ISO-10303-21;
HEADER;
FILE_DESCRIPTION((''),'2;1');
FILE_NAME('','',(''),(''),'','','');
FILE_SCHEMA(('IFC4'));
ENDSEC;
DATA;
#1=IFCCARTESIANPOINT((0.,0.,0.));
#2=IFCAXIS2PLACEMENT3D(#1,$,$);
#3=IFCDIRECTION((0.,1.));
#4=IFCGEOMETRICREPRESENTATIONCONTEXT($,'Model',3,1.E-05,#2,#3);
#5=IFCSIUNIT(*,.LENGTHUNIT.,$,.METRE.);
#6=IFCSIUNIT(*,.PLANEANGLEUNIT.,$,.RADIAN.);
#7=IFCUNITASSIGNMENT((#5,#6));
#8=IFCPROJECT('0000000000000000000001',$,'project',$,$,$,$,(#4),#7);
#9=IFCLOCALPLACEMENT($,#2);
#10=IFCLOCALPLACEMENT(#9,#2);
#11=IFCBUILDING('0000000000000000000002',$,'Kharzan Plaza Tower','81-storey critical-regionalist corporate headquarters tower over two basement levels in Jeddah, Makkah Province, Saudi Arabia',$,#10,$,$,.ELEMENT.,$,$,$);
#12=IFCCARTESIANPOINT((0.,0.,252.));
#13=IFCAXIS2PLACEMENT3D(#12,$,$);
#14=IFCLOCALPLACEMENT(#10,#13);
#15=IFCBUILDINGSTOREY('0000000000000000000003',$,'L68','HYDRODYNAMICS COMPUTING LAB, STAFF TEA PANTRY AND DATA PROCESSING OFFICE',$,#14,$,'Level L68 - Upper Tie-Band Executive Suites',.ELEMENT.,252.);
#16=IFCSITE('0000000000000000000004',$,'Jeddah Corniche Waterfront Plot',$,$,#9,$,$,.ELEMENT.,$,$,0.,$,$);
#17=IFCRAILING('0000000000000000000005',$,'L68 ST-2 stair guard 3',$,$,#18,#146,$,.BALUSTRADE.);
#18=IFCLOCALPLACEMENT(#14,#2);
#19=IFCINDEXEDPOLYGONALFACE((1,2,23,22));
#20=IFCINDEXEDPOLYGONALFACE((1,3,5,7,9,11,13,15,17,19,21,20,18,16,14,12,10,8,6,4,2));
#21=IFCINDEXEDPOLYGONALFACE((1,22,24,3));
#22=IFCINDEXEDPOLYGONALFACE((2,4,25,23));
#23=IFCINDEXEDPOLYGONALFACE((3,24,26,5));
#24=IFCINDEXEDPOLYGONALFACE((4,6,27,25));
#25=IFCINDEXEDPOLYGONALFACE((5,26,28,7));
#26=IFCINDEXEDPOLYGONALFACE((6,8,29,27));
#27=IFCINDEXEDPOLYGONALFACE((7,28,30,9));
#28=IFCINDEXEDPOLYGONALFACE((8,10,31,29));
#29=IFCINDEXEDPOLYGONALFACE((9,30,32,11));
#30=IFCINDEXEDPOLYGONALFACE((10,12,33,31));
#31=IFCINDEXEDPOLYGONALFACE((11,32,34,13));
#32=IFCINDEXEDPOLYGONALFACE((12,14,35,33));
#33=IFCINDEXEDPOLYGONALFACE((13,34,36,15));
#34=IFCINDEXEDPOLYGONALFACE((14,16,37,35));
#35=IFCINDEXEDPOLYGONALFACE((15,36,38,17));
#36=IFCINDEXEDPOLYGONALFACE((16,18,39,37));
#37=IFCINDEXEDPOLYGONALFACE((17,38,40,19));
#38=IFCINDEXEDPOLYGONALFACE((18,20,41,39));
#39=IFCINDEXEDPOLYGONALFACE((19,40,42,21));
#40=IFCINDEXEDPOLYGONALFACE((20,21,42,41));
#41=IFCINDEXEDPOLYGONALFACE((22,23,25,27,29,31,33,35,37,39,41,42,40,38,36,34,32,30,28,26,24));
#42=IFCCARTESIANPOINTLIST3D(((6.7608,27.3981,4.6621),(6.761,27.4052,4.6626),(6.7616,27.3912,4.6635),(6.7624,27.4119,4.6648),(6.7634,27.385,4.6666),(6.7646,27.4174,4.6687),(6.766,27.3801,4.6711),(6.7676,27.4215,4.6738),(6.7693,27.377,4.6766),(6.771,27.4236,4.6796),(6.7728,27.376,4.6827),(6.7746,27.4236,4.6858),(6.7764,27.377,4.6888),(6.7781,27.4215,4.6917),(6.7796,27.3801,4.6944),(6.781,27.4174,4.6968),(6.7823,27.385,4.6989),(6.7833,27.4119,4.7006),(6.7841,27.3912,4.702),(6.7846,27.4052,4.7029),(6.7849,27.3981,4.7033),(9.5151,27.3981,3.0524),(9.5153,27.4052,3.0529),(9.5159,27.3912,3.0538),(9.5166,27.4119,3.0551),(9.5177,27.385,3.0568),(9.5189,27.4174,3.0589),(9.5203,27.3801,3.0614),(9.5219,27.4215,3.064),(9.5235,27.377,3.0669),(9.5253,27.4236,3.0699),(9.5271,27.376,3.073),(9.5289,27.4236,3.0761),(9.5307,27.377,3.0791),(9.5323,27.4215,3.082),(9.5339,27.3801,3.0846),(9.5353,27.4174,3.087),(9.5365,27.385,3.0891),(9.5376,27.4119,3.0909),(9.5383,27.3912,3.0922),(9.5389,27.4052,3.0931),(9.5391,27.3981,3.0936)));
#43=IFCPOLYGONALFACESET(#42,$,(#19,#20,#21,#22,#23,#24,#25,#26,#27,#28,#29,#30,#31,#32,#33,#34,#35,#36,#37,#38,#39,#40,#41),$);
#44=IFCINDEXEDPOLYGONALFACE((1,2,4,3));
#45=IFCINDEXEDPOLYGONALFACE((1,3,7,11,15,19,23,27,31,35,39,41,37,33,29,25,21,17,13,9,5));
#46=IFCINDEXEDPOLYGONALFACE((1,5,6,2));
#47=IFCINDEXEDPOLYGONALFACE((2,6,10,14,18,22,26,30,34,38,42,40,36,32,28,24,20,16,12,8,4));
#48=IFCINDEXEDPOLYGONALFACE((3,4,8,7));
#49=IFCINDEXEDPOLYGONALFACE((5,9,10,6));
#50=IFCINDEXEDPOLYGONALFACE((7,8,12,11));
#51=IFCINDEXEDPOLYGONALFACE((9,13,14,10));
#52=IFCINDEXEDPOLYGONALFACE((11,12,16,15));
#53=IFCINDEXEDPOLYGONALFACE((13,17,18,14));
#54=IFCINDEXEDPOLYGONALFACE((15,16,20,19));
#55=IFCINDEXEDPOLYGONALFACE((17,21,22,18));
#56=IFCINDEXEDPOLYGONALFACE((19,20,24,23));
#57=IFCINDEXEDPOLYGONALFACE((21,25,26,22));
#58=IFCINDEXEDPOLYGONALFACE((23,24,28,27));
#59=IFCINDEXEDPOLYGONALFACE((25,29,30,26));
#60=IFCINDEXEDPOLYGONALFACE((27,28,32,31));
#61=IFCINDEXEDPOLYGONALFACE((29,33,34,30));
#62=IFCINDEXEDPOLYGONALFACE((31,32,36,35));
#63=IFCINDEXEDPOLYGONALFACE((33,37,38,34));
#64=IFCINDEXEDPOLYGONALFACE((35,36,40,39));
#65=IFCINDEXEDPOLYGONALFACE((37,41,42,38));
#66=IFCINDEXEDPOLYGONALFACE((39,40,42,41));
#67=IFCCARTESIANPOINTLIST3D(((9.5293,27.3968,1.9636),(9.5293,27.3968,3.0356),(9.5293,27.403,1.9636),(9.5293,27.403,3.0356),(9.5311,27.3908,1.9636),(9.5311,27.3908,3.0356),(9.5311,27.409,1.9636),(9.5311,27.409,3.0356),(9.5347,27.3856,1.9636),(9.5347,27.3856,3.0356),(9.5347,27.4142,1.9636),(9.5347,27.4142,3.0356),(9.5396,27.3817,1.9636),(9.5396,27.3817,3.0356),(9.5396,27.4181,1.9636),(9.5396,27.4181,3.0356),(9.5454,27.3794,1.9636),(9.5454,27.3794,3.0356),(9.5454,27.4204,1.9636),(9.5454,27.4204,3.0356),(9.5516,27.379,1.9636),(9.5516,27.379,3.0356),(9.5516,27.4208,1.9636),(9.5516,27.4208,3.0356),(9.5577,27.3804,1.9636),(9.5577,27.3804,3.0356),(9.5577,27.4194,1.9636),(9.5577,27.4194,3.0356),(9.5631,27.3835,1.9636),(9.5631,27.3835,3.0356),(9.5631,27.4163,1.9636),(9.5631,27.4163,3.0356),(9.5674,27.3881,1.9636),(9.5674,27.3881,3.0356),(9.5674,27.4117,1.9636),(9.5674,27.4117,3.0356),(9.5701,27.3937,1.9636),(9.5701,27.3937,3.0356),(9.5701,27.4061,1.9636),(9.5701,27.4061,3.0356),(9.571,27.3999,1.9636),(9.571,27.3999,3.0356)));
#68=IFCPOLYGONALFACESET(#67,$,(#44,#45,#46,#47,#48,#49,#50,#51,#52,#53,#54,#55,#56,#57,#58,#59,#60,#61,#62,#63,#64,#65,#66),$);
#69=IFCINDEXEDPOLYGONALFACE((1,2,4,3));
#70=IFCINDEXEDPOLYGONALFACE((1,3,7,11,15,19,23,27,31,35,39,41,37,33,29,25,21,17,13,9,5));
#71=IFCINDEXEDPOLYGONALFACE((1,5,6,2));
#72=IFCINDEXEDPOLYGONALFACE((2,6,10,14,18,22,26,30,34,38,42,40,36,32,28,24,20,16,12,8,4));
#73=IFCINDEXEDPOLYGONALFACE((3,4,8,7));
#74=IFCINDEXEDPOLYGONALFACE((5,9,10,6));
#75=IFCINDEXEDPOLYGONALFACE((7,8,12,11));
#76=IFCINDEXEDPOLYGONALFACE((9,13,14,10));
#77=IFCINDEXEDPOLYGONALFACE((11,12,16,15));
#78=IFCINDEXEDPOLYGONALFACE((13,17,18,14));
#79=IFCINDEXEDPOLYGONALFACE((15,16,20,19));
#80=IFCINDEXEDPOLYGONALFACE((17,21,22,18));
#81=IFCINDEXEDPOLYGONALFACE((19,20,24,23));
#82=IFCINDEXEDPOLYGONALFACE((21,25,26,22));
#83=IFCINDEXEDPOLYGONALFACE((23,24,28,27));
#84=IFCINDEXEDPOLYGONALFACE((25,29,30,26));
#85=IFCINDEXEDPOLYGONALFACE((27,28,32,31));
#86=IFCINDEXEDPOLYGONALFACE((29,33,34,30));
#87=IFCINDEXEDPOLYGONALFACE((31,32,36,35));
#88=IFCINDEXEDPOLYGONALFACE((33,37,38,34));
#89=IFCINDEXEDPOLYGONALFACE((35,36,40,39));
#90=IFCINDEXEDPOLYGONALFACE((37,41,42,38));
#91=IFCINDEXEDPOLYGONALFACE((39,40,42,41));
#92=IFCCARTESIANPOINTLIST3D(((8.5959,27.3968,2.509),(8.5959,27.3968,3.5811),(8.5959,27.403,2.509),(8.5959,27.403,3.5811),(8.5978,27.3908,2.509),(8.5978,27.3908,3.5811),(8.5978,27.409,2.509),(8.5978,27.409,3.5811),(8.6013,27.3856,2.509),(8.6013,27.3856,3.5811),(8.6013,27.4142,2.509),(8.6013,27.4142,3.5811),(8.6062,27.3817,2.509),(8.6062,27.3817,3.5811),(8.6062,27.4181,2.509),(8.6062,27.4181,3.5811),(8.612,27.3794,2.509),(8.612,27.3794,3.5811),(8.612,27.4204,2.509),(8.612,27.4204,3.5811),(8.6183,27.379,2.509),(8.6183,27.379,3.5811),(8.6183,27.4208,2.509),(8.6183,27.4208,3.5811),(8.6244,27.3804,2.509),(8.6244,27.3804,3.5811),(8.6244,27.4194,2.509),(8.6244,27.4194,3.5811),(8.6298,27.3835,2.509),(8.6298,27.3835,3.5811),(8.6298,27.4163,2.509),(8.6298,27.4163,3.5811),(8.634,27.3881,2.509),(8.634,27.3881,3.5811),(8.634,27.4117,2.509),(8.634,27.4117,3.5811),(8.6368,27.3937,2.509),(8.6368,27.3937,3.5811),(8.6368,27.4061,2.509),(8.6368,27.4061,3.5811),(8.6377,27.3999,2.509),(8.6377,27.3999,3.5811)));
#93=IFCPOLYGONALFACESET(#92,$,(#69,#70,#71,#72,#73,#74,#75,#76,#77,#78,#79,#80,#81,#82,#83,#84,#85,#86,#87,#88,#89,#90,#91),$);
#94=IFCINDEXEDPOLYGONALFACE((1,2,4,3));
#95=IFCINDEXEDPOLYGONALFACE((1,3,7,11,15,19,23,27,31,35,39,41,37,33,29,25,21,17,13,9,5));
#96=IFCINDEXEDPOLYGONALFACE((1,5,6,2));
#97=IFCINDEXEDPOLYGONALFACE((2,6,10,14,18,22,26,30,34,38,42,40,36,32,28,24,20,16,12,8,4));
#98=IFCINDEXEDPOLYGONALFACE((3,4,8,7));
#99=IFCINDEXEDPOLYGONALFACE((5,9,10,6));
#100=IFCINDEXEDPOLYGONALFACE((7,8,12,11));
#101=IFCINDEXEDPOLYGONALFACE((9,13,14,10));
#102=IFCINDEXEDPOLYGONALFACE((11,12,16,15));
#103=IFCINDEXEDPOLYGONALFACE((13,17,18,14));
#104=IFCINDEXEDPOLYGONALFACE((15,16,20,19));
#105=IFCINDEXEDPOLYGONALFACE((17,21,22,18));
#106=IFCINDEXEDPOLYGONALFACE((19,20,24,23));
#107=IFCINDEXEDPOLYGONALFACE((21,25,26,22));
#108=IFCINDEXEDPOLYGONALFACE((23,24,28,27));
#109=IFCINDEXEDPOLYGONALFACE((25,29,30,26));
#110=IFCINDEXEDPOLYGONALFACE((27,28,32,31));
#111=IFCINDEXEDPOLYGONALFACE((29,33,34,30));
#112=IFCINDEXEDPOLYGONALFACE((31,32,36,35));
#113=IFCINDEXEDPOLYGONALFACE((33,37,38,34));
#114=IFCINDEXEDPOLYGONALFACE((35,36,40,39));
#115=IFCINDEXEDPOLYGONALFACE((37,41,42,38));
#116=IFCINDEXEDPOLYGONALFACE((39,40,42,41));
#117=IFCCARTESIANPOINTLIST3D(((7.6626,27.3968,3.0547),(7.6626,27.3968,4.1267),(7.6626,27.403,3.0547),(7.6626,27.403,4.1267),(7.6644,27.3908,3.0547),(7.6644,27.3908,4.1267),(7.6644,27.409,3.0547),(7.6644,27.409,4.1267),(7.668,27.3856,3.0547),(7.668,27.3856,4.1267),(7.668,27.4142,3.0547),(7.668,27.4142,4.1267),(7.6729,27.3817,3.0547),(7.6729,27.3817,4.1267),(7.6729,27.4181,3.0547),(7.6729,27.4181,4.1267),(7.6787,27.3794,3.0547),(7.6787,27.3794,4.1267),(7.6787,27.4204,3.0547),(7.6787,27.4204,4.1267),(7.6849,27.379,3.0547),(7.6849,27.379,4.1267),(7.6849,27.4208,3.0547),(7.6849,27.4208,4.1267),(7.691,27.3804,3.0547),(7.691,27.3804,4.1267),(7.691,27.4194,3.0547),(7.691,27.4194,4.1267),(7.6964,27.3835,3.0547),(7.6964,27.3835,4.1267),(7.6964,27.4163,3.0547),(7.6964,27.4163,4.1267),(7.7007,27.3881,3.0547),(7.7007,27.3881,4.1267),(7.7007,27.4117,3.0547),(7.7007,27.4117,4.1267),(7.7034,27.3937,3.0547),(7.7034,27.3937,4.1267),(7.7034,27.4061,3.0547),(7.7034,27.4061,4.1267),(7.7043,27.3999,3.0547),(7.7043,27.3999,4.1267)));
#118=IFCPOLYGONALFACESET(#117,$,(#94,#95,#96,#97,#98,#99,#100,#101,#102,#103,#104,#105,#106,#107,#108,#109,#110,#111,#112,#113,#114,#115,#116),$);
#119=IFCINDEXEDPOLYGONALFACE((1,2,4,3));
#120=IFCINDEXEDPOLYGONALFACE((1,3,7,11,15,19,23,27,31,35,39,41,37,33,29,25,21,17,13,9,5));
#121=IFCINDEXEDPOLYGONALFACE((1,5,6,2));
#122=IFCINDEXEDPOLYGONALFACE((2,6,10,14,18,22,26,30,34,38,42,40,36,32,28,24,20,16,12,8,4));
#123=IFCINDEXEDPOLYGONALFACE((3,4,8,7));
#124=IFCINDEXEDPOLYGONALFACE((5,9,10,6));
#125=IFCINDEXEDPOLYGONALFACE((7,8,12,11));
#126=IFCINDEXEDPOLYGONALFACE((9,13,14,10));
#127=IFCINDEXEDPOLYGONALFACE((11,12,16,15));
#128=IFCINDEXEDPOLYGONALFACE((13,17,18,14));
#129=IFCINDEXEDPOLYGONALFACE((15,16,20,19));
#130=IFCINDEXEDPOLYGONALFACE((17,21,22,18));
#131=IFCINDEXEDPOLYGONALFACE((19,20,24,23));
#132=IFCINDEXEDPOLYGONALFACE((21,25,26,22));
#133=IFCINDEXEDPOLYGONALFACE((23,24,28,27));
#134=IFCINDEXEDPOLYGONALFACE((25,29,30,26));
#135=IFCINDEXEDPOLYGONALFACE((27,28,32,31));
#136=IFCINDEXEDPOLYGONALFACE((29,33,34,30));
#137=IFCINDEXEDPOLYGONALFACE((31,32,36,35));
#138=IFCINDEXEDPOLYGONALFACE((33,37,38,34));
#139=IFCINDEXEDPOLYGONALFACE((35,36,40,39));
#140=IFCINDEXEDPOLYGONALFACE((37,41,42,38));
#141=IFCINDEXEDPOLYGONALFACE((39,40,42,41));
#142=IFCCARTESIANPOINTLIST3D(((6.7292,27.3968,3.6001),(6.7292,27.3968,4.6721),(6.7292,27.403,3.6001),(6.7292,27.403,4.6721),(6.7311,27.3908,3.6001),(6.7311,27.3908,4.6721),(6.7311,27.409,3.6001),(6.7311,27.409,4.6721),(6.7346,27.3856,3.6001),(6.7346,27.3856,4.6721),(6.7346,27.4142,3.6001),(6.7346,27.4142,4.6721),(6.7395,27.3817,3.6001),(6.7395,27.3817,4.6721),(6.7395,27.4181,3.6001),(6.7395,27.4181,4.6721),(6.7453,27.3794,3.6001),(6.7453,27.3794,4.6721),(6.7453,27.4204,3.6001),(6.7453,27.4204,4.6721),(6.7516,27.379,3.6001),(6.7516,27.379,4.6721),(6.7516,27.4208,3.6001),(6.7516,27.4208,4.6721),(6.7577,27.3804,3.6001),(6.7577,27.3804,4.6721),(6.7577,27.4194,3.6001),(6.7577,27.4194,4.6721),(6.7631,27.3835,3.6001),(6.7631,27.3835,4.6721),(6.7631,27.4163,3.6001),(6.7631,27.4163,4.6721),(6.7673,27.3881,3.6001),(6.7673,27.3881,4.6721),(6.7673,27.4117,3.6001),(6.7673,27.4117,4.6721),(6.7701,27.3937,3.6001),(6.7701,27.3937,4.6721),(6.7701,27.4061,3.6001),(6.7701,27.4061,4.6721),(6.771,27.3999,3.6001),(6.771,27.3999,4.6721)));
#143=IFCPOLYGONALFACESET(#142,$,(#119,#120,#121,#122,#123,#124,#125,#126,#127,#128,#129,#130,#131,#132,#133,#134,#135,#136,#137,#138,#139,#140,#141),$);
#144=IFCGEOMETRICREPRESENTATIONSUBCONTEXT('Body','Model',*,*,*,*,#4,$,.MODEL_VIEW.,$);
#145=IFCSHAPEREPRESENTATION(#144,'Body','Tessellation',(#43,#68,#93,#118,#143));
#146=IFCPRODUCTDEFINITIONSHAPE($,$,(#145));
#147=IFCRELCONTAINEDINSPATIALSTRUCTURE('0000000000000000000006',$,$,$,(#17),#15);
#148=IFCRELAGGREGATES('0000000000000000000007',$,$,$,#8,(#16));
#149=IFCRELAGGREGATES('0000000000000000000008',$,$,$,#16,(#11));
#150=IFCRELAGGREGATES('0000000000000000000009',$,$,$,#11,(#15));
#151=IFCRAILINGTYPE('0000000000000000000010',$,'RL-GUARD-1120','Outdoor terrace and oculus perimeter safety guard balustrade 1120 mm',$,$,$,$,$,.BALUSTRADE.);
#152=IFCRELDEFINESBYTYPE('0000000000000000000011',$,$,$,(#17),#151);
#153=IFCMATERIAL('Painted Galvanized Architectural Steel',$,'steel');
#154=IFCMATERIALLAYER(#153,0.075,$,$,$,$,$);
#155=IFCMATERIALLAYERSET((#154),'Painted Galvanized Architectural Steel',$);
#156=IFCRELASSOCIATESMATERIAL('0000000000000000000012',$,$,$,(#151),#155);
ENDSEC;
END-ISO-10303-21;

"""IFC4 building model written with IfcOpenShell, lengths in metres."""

from ifc_helpers import new_model, si_unit, direction, frame, origin, origin_2d, place, context, subcontext, project, spatial, circle, extrude, source, transform, mapped, material, layer, layer_set, type_object, element, save


model = new_model("IFC4")

# Units and contexts
model_context = context("Model", 3, precision=1e-05, world=origin(), true_north=direction((0.0, 1.0)))
body_context = subcontext(model_context, "Body", "Model", "MODEL_VIEW")
ifc_project = project(units=[si_unit("LENGTHUNIT", "METRE"), si_unit("PLANEANGLEUNIT", "RADIAN")], contexts=[model_context])

# Site, building, storey
site_placement = place(None, origin())
site = spatial("IfcSite", under=ifc_project, at=site_placement, Name="Jeddah Corniche Waterfront Plot", CompositionType="ELEMENT", RefElevation=0.0)
building_placement = place(site_placement, origin())
building = spatial("IfcBuilding", under=site, at=building_placement, Name="Kharzan Plaza Tower", Description="81-storey critical-regionalist corporate headquarters tower over two basement levels in Jeddah, Makkah Province, Saudi Arabia", CompositionType="ELEMENT")
storey_placement = place(building_placement, frame((0.0, 0.0, 252.0)))
storey = spatial("IfcBuildingStorey", under=building, at=storey_placement, Name="L68", Description="HYDRODYNAMICS COMPUTING LAB, STAFF TEA PANTRY AND DATA PROCESSING OFFICE", LongName="Level L68 - Upper Tie-Band Executive Suites", CompositionType="ELEMENT", Elevation=252.0)

# Railing
ifc_material_1 = material(Name="Painted Galvanized Architectural Steel", Category="steel")
ifc_layer_1 = layer(ifc_material_1, 0.075)
ifc_layer_set_1 = layer_set([ifc_layer_1], Name="Painted Galvanized Architectural Steel")
railing_type = type_object("IfcRailingType", Name="RL-GUARD-1120", Description="Outdoor terrace and oculus perimeter safety guard balustrade 1120 mm", PredefinedType="BALUSTRADE", material=ifc_layer_set_1)
shared_shape_1 = source(origin(), body_context, "Body", "SweptSolid", [
    extrude(circle(Radius=0.0239, at=origin_2d()), frame((-0.0229, 0.0, 1.1094), z_axis=(-0.863361, 0.0, 0.504587), x_axis=(0.0, -1.0, 0.0)), (0.0, 0.0, 1.0), 3.1902),
    extrude(circle(Radius=0.021, at=origin_2d()), origin(), (0.0, 0.0, 1.0), 1.072),
    extrude(circle(Radius=0.021, at=origin_2d()), frame((-0.9333, 0.0, 0.5454)), (0.0, 0.0, 1.0), 1.072),
    extrude(circle(Radius=0.021, at=origin_2d()), frame((-1.8667, 0.0, 1.0911)), (0.0, 0.0, 1.0), 1.072),
    extrude(circle(Radius=0.021, at=origin_2d()), frame((-2.8, 0.0, 1.6365)), (0.0, 0.0, 1.0), 1.072),
])
railing_1_placement = place(storey_placement, frame((9.55, 27.3999, 1.9636)))
element("IfcRailing", 1, at=railing_1_placement, inside=storey, type_object=railing_type, Name="L68 ST-2 stair guard 3", PredefinedType="BALUSTRADE", context=body_context, shape_type="MappedRepresentation", body=[
    mapped(shared_shape_1, transform((0.0, 0.0, 0.0), x_axis=(1.0, 0.0, 0.0), y_axis=(0.0, 1.0, 0.0), z_axis=(0.0, 0.0, 1.0))),
])

save(model, "model.ifc")
